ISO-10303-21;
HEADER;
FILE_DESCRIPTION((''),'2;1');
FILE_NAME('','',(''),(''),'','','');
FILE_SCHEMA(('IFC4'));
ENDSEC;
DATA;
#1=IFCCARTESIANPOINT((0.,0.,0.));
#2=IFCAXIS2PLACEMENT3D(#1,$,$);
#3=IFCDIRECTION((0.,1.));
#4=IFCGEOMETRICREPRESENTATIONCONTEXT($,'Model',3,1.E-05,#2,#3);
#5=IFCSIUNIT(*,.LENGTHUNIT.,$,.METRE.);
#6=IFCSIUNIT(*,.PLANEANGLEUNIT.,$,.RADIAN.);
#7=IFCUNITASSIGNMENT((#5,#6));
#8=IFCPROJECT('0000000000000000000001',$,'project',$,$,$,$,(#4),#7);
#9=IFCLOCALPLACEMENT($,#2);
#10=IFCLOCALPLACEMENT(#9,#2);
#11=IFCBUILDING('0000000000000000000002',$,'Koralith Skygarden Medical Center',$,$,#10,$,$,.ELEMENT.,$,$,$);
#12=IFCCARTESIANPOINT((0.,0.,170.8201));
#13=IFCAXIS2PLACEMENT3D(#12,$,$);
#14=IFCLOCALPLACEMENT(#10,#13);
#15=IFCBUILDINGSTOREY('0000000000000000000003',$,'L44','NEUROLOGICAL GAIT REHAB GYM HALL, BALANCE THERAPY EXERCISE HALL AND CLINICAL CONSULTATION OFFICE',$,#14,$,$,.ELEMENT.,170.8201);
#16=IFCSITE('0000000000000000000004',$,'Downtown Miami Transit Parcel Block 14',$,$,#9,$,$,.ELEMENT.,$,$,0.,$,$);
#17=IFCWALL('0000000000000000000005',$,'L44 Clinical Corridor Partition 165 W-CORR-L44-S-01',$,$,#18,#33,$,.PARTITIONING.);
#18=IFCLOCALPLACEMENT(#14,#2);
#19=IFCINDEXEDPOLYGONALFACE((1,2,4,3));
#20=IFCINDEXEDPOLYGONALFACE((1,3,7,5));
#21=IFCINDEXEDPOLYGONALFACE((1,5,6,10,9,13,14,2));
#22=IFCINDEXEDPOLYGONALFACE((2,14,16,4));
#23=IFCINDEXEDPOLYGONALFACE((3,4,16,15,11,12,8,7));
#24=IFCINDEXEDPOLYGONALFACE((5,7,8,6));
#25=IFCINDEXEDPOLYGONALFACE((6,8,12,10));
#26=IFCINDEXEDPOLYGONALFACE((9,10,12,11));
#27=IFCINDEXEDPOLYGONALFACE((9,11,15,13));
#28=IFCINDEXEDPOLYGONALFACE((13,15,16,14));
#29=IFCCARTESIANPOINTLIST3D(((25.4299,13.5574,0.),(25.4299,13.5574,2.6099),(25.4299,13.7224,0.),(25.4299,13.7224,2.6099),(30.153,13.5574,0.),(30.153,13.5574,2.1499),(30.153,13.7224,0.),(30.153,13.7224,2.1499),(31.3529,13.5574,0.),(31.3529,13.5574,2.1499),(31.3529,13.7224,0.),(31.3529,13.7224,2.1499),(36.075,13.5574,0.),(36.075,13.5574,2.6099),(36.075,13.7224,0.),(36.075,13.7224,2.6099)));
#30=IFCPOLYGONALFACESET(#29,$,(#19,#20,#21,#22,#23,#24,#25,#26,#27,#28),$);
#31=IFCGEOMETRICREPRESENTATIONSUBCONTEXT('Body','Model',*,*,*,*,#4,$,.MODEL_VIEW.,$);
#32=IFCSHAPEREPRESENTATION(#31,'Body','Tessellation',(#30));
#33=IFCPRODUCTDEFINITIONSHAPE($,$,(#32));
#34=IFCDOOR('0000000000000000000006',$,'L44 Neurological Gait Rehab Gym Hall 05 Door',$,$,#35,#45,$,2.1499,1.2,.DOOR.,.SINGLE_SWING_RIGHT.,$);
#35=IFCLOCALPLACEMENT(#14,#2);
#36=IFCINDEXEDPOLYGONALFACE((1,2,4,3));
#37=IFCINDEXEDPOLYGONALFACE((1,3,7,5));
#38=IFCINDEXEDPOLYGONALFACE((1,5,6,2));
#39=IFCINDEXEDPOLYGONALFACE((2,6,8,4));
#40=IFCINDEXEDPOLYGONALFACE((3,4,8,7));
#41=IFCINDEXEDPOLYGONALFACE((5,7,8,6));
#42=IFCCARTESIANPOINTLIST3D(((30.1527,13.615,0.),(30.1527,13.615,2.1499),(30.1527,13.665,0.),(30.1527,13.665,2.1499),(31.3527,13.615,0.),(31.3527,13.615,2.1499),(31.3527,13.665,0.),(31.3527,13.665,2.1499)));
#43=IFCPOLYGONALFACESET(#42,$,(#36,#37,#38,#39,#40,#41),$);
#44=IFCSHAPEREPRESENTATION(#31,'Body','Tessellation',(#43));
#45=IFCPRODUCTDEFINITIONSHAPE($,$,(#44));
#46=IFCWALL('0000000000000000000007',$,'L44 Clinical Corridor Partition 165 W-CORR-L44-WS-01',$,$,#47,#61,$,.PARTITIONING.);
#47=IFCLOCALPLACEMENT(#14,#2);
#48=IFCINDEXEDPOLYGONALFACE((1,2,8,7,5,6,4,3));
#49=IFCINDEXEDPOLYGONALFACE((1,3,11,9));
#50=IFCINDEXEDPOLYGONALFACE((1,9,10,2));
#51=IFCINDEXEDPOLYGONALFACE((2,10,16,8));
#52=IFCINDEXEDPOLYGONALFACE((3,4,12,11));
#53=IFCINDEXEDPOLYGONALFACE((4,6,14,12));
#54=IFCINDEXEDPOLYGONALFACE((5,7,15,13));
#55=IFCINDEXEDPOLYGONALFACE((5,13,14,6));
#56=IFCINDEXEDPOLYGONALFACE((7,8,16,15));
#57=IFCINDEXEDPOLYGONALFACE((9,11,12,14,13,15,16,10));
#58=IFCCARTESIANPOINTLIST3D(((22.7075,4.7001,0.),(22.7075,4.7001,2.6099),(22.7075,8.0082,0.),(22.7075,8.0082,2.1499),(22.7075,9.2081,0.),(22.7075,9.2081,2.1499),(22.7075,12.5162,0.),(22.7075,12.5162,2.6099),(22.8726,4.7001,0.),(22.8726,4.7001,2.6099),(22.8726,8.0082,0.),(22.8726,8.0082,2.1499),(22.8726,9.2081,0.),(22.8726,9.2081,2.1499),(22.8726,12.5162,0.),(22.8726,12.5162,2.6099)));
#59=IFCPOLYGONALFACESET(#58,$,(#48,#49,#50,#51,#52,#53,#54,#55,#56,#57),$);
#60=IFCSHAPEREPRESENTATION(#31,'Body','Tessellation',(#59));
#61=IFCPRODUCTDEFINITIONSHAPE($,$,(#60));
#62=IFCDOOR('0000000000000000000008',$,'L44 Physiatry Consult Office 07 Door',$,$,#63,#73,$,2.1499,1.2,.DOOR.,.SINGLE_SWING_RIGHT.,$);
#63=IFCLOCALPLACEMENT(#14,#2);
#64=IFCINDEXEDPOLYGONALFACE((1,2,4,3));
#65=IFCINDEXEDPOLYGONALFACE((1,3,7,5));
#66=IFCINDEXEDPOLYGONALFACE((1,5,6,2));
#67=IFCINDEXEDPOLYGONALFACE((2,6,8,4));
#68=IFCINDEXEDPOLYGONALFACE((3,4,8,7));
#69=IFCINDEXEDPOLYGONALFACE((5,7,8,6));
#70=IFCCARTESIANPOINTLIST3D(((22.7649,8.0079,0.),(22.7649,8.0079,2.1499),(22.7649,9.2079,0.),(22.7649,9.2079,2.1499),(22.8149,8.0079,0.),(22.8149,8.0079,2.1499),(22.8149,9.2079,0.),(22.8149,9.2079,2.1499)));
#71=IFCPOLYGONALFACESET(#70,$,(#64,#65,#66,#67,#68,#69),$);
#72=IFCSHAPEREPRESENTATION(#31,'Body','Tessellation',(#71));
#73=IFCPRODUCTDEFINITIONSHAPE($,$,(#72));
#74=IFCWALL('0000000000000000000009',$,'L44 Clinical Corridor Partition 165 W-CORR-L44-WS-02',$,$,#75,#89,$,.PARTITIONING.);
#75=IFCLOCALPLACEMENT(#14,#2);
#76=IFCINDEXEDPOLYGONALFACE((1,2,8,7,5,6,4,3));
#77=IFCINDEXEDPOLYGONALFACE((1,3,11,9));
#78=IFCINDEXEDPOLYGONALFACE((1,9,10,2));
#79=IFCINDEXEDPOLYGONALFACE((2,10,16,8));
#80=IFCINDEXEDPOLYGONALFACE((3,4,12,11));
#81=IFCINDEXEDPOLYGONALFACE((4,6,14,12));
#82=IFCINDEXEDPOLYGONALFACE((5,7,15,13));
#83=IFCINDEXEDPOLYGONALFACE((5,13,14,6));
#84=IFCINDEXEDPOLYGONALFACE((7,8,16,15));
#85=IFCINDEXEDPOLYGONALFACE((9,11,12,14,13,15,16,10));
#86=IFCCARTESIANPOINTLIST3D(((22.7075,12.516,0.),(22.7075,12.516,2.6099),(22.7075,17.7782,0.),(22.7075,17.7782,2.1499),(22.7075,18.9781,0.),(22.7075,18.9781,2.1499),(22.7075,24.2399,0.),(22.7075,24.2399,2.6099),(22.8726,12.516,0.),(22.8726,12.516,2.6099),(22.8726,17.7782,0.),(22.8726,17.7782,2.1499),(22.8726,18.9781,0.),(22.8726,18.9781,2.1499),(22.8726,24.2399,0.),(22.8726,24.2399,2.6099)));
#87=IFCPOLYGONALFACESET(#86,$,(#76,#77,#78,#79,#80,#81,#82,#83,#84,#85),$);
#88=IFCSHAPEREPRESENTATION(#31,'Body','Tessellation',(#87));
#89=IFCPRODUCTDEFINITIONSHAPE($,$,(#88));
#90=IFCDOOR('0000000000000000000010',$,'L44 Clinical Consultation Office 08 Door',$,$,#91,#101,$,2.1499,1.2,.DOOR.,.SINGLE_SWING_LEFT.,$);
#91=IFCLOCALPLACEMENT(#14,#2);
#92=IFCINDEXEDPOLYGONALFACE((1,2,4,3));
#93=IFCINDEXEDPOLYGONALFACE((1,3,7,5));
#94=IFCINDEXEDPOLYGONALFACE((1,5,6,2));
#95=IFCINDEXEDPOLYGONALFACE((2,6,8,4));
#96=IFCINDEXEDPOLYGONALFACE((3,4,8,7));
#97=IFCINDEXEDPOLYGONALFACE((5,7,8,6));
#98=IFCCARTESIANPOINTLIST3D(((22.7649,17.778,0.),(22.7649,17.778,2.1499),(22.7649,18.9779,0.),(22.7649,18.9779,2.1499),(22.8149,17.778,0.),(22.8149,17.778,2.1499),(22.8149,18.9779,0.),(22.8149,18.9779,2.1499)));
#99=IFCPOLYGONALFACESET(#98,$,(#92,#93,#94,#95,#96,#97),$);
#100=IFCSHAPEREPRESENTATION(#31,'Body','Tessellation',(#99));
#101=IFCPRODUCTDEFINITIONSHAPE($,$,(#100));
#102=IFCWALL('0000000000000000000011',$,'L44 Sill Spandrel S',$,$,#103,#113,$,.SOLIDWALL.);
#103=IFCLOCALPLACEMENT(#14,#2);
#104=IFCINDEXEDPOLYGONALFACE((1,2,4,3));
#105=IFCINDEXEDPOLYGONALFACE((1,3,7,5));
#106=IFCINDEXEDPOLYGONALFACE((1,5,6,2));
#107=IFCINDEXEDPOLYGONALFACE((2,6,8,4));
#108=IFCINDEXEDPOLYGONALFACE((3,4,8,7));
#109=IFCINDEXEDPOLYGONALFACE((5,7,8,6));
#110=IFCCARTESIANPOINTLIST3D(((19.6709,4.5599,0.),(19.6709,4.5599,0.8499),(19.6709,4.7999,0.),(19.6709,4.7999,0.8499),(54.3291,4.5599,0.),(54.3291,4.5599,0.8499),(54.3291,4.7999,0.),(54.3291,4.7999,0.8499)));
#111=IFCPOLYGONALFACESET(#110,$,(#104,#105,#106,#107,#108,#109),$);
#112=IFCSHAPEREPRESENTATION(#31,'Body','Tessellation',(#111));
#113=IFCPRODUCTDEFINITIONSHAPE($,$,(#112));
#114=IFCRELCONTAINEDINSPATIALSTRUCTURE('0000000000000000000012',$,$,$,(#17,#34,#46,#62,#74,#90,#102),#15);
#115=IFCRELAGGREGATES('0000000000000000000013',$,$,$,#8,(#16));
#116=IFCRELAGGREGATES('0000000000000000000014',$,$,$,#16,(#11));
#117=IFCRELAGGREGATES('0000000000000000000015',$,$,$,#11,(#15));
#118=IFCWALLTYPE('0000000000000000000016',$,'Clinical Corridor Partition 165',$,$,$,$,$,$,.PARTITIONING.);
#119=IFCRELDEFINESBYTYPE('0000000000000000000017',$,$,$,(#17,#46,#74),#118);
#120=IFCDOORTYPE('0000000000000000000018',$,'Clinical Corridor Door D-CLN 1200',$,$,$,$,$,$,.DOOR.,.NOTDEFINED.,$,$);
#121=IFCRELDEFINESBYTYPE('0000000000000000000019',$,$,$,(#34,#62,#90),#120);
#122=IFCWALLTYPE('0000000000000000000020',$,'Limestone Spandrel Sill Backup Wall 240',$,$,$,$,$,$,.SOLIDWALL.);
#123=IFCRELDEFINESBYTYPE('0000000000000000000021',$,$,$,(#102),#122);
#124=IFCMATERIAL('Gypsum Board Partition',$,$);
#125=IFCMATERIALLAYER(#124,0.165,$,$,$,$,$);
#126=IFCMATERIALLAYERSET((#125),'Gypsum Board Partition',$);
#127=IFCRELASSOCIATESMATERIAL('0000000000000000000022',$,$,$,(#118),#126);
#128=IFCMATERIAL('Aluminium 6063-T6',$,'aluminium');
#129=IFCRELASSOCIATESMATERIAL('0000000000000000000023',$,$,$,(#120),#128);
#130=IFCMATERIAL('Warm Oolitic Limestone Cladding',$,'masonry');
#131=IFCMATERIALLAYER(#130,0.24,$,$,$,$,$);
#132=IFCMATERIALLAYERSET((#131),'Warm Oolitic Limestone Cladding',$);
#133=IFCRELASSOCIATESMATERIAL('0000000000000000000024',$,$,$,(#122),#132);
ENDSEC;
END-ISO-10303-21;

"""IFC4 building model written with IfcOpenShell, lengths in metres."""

from ifc_helpers import new_model, si_unit, direction, frame, frame_2d, origin, place, context, subcontext, project, spatial, rectangle, extrude, material, layer, layer_set, type_object, element, fill, save


model = new_model("IFC4")

# Units and contexts
model_context = context("Model", 3, precision=1e-05, world=origin(), true_north=direction((0.0, 1.0)))
body_context = subcontext(model_context, "Body", "Model", "MODEL_VIEW")
ifc_project = project(units=[si_unit("LENGTHUNIT", "METRE"), si_unit("PLANEANGLEUNIT", "RADIAN")], contexts=[model_context])

# Site, building, storey
site_placement = place(None, origin())
site = spatial("IfcSite", under=ifc_project, at=site_placement, Name="Downtown Miami Transit Parcel Block 14", CompositionType="ELEMENT", RefElevation=0.0)
building_placement = place(site_placement, origin())
building = spatial("IfcBuilding", under=site, at=building_placement, Name="Koralith Skygarden Medical Center", CompositionType="ELEMENT")
storey_placement = place(building_placement, frame((0.0, 0.0, 170.8201)))
storey = spatial("IfcBuildingStorey", under=building, at=storey_placement, Name="L44", Description="NEUROLOGICAL GAIT REHAB GYM HALL, BALANCE THERAPY EXERCISE HALL AND CLINICAL CONSULTATION OFFICE", CompositionType="ELEMENT", Elevation=170.8201)

# Shared definitions
ifc_material_1 = material(Name="Aluminium 6063-T6", Category="aluminium")

# Shared definitions
ifc_material_2 = material(Name="Gypsum Board Partition")
ifc_layer_1 = layer(ifc_material_2, 0.165)
ifc_layer_set_1 = layer_set([ifc_layer_1], Name="Gypsum Board Partition")
wall_type_1 = type_object("IfcWallType", Name="Clinical Corridor Partition 165", PredefinedType="PARTITIONING", material=ifc_layer_set_1)

# Walls, openings, doors
wall_1_placement = place(storey_placement, frame((25.4299, 13.6399, 0.0), z_axis=(0.0, 0.0, 1.0), x_axis=(1.0, 0.0, 0.0)))
wall_1 = element("IfcWall", 1, at=wall_1_placement, inside=storey, type_object=wall_type_1, Name="L44 Clinical Corridor Partition 165 W-CORR-L44-S-01", PredefinedType="PARTITIONING", context=body_context, shape_type="SweptSolid", body=[
    extrude(rectangle(XDim=10.645, YDim=0.165, at=frame_2d((5.3225, 0.0))), origin(), (0.0, 0.0, 1.0), 2.6099),
])
opening_1_placement = place(wall_1_placement, frame((4.7229, 0.0, 0.0)))
opening_1 = element("IfcOpeningElement", 2, at=opening_1_placement, cuts=wall_1, PredefinedType="OPENING", context=body_context, shape_type="SweptSolid", body=[
    extrude(rectangle(XDim=1.2, YDim=2.1499, at=frame_2d((0.6001, 1.075))), frame((0.0, 0.0925, 0.0), z_axis=(0.0, -1.0, 0.0), x_axis=(1.0, 0.0, 0.0)), (0.0, 0.0, 1.0), 0.1851),
])
door_type = type_object("IfcDoorType", Name="Clinical Corridor Door D-CLN 1200", OperationType="NOTDEFINED", PredefinedType="DOOR", material=ifc_material_1)
door_1_placement = place(opening_1_placement, frame((1.2, 0.0, 0.0), z_axis=(0.0, 0.0, 1.0), x_axis=(-1.0, 0.0, 0.0)))
door_1 = element("IfcDoor", 3, at=door_1_placement, inside=storey, type_object=door_type, Name="L44 Neurological Gait Rehab Gym Hall 05 Door", OperationType="SINGLE_SWING_RIGHT", OverallHeight=2.1499, OverallWidth=1.2, PredefinedType="DOOR", context=body_context, shape_type="SweptSolid", body=[
    extrude(rectangle(XDim=1.2, YDim=2.1499, at=frame_2d((0.6001, 1.075))), frame((0.0, 0.0249, 0.0), z_axis=(0.0, -1.0, 0.0), x_axis=(1.0, 0.0, 0.0)), (0.0, 0.0, 1.0), 0.05),
])
fill(opening_1, door_1)
wall_2_placement = place(storey_placement, frame((22.79, 4.7, 0.0), z_axis=(0.0, 0.0, 1.0), x_axis=(0.0, 1.0, 0.0)))
wall_2 = element("IfcWall", 4, at=wall_2_placement, inside=storey, type_object=wall_type_1, Name="L44 Clinical Corridor Partition 165 W-CORR-L44-WS-01", PredefinedType="PARTITIONING", context=body_context, shape_type="SweptSolid", body=[
    extrude(rectangle(XDim=7.8162, YDim=0.165, at=frame_2d((3.9082, 0.0))), origin(), (0.0, 0.0, 1.0), 2.6099),
])
opening_2_placement = place(wall_2_placement, frame((3.3081, 0.0, 0.0)))
opening_2 = element("IfcOpeningElement", 5, at=opening_2_placement, cuts=wall_2, PredefinedType="OPENING", context=body_context, shape_type="SweptSolid", body=[
    extrude(rectangle(XDim=1.2, YDim=2.1499, at=frame_2d((0.6001, 1.075))), frame((0.0, 0.0925, 0.0), z_axis=(0.0, -1.0, 0.0), x_axis=(1.0, 0.0, 0.0)), (0.0, 0.0, 1.0), 0.1851),
])
door_2_placement = place(opening_2_placement, frame((1.2, 0.0, 0.0), z_axis=(0.0, 0.0, 1.0), x_axis=(-1.0, 0.0, 0.0)))
door_2 = element("IfcDoor", 6, at=door_2_placement, inside=storey, type_object=door_type, Name="L44 Physiatry Consult Office 07 Door", OperationType="SINGLE_SWING_RIGHT", OverallHeight=2.1499, OverallWidth=1.2, PredefinedType="DOOR", context=body_context, shape_type="SweptSolid", body=[
    extrude(rectangle(XDim=1.2, YDim=2.1499, at=frame_2d((0.6001, 1.075))), frame((0.0, 0.0249, 0.0), z_axis=(0.0, -1.0, 0.0), x_axis=(1.0, 0.0, 0.0)), (0.0, 0.0, 1.0), 0.05),
])
fill(opening_2, door_2)
wall_3_placement = place(storey_placement, frame((22.79, 12.5161, 0.0), z_axis=(0.0, 0.0, 1.0), x_axis=(0.0, 1.0, 0.0)))
wall_3 = element("IfcWall", 7, at=wall_3_placement, inside=storey, type_object=wall_type_1, Name="L44 Clinical Corridor Partition 165 W-CORR-L44-WS-02", PredefinedType="PARTITIONING", context=body_context, shape_type="SweptSolid", body=[
    extrude(rectangle(XDim=11.7239, YDim=0.165, at=frame_2d((5.8618, 0.0))), origin(), (0.0, 0.0, 1.0), 2.6099),
])
opening_3_placement = place(wall_3_placement, frame((5.262, 0.0, 0.0)))
opening_3 = element("IfcOpeningElement", 8, at=opening_3_placement, cuts=wall_3, PredefinedType="OPENING", context=body_context, shape_type="SweptSolid", body=[
    extrude(rectangle(XDim=1.2, YDim=2.1499, at=frame_2d((0.6001, 1.075))), frame((0.0, 0.0925, 0.0), z_axis=(0.0, -1.0, 0.0), x_axis=(1.0, 0.0, 0.0)), (0.0, 0.0, 1.0), 0.1851),
])
door_3_placement = place(opening_3_placement, frame((1.2, 0.0, 0.0), z_axis=(0.0, 0.0, 1.0), x_axis=(-1.0, 0.0, 0.0)))
door_3 = element("IfcDoor", 9, at=door_3_placement, inside=storey, type_object=door_type, Name="L44 Clinical Consultation Office 08 Door", OperationType="SINGLE_SWING_LEFT", OverallHeight=2.1499, OverallWidth=1.2, PredefinedType="DOOR", context=body_context, shape_type="SweptSolid", body=[
    extrude(rectangle(XDim=1.2, YDim=2.1499, at=frame_2d((0.6001, 1.075))), frame((0.0, 0.0249, 0.0), z_axis=(0.0, -1.0, 0.0), x_axis=(1.0, 0.0, 0.0)), (0.0, 0.0, 1.0), 0.05),
])
fill(opening_3, door_3)

# Wall
ifc_material_3 = material(Name="Warm Oolitic Limestone Cladding", Category="masonry")
ifc_layer_2 = layer(ifc_material_3, 0.24)
ifc_layer_set_2 = layer_set([ifc_layer_2], Name="Warm Oolitic Limestone Cladding")
wall_type_2 = type_object("IfcWallType", Name="Limestone Spandrel Sill Backup Wall 240", PredefinedType="SOLIDWALL", material=ifc_layer_set_2)
wall_4_placement = place(storey_placement, frame((19.6709, 4.6799, 0.0), z_axis=(0.0, 0.0, 1.0), x_axis=(1.0, 0.0, 0.0)))
element("IfcWall", 10, at=wall_4_placement, inside=storey, type_object=wall_type_2, Name="L44 Sill Spandrel S", PredefinedType="SOLIDWALL", context=body_context, shape_type="SweptSolid", body=[
    extrude(rectangle(XDim=34.6582, YDim=0.24, at=frame_2d((17.3291, 0.0))), origin(), (0.0, 0.0, 1.0), 0.8499),
])

save(model, "model.ifc")
